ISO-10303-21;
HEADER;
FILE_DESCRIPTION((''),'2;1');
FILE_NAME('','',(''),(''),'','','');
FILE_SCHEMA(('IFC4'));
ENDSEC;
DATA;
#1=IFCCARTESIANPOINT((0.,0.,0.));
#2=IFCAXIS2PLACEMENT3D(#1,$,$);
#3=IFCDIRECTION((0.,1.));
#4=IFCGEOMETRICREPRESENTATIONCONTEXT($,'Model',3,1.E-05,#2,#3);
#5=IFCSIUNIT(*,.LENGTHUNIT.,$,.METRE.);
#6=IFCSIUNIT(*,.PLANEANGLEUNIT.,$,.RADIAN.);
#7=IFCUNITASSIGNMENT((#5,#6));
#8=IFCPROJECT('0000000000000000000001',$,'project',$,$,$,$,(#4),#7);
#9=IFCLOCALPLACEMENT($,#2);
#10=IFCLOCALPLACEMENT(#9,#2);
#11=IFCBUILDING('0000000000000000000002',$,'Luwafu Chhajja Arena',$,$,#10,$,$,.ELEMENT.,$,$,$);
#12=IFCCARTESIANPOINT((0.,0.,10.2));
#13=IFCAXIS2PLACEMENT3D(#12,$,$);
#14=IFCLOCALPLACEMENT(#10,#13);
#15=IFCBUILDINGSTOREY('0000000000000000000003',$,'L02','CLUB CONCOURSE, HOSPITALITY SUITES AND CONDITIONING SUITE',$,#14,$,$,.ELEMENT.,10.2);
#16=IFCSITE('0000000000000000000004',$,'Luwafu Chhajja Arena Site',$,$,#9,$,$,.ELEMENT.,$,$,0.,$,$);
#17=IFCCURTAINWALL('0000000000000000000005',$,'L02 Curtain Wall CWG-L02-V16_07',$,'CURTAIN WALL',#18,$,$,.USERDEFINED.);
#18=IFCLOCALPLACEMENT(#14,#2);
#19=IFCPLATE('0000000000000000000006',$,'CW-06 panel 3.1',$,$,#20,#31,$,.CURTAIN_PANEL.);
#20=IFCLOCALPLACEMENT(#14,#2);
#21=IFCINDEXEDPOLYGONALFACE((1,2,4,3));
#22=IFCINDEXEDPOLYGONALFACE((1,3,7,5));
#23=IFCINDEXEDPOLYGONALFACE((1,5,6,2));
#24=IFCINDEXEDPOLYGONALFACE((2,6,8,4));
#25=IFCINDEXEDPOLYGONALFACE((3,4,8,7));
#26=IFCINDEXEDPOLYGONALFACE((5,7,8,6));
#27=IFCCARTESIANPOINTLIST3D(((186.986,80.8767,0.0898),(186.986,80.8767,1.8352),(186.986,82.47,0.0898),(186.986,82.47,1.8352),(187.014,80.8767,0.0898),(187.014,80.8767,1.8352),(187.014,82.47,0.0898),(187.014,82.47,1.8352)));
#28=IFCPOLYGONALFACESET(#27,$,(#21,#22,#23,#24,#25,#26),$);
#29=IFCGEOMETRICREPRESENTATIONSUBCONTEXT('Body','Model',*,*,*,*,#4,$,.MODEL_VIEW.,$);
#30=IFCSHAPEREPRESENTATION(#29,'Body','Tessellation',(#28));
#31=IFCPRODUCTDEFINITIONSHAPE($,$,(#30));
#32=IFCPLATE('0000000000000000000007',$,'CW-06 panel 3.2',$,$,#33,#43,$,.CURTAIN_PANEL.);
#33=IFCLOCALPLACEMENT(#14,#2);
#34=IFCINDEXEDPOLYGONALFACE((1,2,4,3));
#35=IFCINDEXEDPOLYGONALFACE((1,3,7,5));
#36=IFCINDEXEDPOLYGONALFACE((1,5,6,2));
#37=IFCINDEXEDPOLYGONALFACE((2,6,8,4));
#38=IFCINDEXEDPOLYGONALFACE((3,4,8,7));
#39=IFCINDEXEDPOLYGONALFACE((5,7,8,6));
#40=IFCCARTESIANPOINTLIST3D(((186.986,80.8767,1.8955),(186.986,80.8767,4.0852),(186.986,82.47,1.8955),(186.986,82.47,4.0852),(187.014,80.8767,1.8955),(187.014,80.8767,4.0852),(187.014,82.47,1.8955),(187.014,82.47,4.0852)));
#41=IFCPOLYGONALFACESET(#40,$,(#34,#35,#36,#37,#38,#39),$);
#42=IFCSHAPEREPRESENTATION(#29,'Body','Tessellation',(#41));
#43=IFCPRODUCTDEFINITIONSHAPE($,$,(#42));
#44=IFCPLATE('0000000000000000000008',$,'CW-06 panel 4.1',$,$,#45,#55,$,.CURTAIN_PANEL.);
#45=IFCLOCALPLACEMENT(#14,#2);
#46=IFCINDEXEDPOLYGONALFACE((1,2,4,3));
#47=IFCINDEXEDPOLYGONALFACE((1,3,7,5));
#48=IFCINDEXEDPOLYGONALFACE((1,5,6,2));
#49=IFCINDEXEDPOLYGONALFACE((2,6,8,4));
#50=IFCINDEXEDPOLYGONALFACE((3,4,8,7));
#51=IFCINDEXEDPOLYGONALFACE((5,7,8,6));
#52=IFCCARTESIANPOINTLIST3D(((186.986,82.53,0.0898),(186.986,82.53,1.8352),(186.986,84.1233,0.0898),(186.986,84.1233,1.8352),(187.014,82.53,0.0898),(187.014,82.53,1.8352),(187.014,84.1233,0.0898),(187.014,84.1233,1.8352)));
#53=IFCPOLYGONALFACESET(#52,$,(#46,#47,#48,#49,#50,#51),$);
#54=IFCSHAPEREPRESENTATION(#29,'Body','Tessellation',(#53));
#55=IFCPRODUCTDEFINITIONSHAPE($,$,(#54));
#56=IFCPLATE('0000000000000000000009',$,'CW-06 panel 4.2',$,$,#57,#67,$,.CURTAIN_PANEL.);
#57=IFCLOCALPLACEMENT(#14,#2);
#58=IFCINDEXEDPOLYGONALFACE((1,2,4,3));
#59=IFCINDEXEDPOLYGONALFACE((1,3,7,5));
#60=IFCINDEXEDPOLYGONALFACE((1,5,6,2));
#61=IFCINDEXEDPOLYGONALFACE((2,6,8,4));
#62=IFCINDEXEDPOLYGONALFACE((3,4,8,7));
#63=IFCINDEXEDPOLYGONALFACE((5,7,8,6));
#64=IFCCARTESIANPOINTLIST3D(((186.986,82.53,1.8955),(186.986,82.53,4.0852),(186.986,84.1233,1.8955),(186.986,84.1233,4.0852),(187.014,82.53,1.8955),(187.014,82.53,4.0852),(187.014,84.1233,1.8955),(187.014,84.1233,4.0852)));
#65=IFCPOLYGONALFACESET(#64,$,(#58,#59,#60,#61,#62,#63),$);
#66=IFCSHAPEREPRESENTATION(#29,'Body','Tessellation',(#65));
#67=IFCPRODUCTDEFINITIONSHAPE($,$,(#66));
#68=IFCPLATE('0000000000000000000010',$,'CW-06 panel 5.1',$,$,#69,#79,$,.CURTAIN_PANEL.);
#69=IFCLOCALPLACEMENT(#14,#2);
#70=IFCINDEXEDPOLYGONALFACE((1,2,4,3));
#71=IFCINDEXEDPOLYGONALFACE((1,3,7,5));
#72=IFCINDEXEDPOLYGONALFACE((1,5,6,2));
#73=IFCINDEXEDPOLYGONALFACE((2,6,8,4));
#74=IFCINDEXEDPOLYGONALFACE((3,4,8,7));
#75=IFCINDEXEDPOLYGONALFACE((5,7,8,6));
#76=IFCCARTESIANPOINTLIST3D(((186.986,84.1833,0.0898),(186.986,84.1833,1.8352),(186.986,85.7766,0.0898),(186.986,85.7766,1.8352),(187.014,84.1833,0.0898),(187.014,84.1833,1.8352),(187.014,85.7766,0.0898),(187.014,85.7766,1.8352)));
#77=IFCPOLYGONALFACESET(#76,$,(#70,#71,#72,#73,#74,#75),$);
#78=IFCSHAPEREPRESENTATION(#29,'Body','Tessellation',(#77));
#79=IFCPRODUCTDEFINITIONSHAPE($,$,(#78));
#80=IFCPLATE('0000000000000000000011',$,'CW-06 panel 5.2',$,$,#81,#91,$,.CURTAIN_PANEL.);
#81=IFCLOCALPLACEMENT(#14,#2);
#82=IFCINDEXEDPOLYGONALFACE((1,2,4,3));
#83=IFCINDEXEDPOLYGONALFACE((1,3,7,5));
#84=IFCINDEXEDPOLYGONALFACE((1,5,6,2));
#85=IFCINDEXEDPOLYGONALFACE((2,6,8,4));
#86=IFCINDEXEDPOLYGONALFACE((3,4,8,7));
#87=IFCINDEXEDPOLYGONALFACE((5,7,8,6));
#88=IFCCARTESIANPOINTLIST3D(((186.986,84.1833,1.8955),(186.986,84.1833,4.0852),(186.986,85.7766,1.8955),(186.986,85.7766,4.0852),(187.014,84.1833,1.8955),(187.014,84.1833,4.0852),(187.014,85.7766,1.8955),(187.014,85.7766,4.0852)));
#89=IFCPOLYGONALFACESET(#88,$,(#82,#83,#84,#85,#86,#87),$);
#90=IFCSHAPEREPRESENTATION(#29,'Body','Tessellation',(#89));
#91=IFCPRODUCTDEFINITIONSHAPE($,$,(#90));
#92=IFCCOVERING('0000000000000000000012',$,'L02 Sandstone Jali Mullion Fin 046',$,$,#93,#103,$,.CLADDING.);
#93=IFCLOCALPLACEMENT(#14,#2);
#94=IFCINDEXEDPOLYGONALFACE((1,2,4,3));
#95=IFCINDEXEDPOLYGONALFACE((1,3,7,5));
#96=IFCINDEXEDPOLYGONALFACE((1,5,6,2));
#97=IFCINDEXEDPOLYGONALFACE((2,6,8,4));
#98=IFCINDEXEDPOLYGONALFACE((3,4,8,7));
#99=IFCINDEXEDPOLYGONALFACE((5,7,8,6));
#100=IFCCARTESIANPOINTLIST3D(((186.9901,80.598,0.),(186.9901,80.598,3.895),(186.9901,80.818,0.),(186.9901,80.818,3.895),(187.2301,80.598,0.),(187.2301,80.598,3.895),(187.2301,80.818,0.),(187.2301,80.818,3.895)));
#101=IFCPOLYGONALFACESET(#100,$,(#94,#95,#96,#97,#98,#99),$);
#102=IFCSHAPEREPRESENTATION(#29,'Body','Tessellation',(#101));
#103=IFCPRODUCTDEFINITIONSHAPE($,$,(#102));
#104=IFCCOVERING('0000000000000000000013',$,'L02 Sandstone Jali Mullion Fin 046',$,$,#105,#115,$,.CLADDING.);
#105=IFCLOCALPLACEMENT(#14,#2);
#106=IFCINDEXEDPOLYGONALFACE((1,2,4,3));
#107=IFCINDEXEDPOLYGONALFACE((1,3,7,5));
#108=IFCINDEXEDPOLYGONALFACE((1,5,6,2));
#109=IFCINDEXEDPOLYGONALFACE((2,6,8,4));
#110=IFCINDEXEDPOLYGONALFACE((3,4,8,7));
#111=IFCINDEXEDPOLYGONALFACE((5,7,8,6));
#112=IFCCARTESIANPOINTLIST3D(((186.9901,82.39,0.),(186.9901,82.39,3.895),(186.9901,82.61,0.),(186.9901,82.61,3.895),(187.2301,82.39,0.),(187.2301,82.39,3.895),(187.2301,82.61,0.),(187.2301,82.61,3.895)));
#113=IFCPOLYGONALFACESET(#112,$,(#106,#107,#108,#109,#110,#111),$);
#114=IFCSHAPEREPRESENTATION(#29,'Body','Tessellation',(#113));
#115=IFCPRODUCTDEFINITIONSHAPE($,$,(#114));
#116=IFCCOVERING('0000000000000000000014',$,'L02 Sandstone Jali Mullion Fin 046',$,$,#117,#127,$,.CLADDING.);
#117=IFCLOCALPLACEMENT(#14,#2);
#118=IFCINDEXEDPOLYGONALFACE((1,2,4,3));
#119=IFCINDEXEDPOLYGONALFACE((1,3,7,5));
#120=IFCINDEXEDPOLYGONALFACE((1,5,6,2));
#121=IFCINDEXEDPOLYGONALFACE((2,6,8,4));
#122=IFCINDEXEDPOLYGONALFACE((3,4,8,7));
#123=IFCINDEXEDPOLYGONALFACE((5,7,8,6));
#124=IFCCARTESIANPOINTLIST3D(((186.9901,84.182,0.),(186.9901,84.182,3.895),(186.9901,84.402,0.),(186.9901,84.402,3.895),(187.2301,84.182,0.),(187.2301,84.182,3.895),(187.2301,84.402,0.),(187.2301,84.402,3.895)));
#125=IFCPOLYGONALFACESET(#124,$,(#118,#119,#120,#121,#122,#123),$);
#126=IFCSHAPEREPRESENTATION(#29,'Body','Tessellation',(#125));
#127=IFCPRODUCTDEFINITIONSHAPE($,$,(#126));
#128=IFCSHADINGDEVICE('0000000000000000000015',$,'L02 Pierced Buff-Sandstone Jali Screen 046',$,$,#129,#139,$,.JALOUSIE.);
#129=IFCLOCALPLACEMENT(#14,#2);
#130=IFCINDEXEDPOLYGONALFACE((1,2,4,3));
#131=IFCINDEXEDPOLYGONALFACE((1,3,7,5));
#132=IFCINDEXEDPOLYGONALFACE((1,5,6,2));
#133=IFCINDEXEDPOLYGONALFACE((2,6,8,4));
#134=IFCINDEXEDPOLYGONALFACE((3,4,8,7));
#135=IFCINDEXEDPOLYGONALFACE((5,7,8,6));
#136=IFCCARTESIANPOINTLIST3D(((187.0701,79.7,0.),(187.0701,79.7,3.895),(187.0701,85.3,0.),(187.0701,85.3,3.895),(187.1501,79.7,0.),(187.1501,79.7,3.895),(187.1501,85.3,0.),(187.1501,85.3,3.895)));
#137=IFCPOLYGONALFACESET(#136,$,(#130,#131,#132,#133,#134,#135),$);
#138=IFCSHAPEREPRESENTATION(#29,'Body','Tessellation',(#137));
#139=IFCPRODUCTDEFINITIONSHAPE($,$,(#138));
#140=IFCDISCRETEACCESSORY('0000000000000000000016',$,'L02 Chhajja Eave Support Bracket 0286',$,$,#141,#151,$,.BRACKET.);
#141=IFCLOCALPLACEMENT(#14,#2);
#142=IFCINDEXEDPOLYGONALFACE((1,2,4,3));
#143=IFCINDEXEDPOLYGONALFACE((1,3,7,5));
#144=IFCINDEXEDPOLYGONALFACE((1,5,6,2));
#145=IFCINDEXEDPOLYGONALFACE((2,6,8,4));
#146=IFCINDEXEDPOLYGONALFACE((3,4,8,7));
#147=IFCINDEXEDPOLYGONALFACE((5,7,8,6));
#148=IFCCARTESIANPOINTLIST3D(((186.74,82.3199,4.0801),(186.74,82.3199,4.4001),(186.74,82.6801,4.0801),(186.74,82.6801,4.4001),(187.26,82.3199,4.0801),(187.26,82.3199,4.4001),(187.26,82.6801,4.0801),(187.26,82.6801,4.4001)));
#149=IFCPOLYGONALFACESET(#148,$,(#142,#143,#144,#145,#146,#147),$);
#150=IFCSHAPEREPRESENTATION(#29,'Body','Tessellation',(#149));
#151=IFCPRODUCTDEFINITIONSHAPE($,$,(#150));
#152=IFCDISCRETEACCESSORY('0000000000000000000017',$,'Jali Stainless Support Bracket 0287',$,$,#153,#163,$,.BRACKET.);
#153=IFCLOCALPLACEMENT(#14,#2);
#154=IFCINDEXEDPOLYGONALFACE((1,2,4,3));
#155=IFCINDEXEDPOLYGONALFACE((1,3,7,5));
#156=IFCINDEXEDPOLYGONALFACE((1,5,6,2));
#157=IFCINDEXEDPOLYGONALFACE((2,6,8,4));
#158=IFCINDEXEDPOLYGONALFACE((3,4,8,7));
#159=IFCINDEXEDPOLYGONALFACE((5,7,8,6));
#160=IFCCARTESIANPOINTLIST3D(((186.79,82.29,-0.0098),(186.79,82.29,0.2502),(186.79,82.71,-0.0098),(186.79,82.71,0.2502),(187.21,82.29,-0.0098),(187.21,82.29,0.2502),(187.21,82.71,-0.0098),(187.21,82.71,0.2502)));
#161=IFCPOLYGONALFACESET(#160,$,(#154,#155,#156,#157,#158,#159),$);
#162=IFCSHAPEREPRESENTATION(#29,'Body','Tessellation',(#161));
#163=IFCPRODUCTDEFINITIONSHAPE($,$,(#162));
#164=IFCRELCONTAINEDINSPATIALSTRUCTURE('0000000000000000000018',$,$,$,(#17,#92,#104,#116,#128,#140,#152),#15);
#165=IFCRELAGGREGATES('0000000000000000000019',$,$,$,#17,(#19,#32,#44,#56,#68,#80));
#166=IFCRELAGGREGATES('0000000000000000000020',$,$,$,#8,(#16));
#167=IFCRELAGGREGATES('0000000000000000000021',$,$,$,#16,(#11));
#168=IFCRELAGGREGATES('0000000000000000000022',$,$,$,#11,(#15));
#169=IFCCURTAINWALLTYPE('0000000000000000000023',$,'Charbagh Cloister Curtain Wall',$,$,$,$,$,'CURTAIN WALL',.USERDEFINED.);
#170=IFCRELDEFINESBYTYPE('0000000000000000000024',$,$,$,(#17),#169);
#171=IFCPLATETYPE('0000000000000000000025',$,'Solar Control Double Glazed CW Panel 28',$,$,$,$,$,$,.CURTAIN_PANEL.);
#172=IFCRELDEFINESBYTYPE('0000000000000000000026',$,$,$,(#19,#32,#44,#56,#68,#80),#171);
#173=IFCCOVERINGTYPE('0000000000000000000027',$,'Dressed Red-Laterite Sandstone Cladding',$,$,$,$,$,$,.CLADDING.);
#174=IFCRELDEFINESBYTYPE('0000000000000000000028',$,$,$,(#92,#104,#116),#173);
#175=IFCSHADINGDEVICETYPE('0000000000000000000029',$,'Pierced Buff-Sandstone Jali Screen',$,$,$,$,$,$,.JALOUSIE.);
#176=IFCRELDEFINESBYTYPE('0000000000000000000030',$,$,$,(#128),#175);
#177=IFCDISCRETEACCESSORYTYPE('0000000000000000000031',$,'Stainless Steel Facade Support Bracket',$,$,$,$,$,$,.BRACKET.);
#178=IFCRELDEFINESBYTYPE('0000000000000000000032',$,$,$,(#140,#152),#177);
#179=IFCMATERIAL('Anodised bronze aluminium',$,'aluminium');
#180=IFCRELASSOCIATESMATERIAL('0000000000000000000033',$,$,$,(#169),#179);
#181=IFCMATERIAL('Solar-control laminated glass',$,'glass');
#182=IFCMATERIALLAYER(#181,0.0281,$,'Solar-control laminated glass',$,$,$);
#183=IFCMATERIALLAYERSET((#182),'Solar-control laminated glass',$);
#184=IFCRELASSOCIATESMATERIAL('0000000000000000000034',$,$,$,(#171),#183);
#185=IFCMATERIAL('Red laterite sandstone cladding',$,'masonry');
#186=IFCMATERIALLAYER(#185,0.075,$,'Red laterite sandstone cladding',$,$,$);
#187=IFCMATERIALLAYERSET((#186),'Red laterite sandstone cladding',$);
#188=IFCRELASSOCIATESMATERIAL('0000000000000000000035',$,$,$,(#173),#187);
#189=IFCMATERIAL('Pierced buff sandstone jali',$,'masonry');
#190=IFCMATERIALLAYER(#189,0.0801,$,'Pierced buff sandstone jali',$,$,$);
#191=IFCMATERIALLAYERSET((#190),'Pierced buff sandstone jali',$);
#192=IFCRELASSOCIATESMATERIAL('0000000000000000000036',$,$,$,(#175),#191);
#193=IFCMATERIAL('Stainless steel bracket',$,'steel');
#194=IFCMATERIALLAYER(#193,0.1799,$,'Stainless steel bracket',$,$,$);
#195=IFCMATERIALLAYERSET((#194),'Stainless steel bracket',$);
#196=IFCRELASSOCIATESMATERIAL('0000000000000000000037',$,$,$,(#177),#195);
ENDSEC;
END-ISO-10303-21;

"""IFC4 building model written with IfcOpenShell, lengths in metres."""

from ifc_helpers import new_model, si_unit, direction, frame, origin, origin_2d, place, context, subcontext, project, spatial, rectangle, extrude, material, layer, layer_set, type_object, element, aggregate, save


model = new_model("IFC4")

# Units and contexts
model_context = context("Model", 3, precision=1e-05, world=origin(), true_north=direction((0.0, 1.0)))
body_context = subcontext(model_context, "Body", "Model", "MODEL_VIEW")
ifc_project = project(units=[si_unit("LENGTHUNIT", "METRE"), si_unit("PLANEANGLEUNIT", "RADIAN")], contexts=[model_context])

# Site, building, storey
site_placement = place(None, origin())
site = spatial("IfcSite", under=ifc_project, at=site_placement, Name="Luwafu Chhajja Arena Site", CompositionType="ELEMENT", RefElevation=0.0)
building_placement = place(site_placement, origin())
building = spatial("IfcBuilding", under=site, at=building_placement, Name="Luwafu Chhajja Arena", CompositionType="ELEMENT")
storey_placement = place(building_placement, frame((0.0, 0.0, 10.2)))
storey = spatial("IfcBuildingStorey", under=building, at=storey_placement, Name="L02", Description="CLUB CONCOURSE, HOSPITALITY SUITES AND CONDITIONING SUITE", CompositionType="ELEMENT", Elevation=10.2)

# Curtain wall
ifc_material_1 = material(Name="Anodised bronze aluminium", Category="aluminium")
curtain_wall_type = type_object("IfcCurtainWallType", Name="Charbagh Cloister Curtain Wall", ElementType="CURTAIN WALL", PredefinedType="USERDEFINED", material=ifc_material_1)
curtain_wall_placement = place(storey_placement, origin())
curtain_wall = element("IfcCurtainWall", 1, at=curtain_wall_placement, inside=storey, type_object=curtain_wall_type, Name="L02 Curtain Wall CWG-L02-V16_07", ObjectType="CURTAIN WALL", PredefinedType="USERDEFINED")

# Plates
ifc_material_2 = material(Name="Solar-control laminated glass", Category="glass")
ifc_layer_1 = layer(ifc_material_2, 0.0281, Name="Solar-control laminated glass")
ifc_layer_set_1 = layer_set([ifc_layer_1], Name="Solar-control laminated glass")
plate_type = type_object("IfcPlateType", Name="Solar Control Double Glazed CW Panel 28", PredefinedType="CURTAIN_PANEL", material=ifc_layer_set_1)
plate_1_placement = place(storey_placement, frame((187.0, 81.6733, 0.0898), z_axis=(0.0, 0.0, 1.0), x_axis=(0.0, 1.0, 0.0)))
plate_1 = element("IfcPlate", 2, at=plate_1_placement, type_object=plate_type, Name="CW-06 panel 3.1", PredefinedType="CURTAIN_PANEL", context=body_context, shape_type="SweptSolid", body=[
    extrude(rectangle(XDim=1.5933, YDim=0.0281, at=origin_2d()), origin(), (0.0, 0.0, 1.0), 1.7454),
])
plate_2_placement = place(storey_placement, frame((187.0, 81.6733, 1.8955), z_axis=(0.0, 0.0, 1.0), x_axis=(0.0, 1.0, 0.0)))
plate_2 = element("IfcPlate", 3, at=plate_2_placement, type_object=plate_type, Name="CW-06 panel 3.2", PredefinedType="CURTAIN_PANEL", context=body_context, shape_type="SweptSolid", body=[
    extrude(rectangle(XDim=1.5933, YDim=0.0281, at=origin_2d()), origin(), (0.0, 0.0, 1.0), 2.1897),
])
plate_3_placement = place(storey_placement, frame((187.0, 83.3267, 0.0898), z_axis=(0.0, 0.0, 1.0), x_axis=(0.0, 1.0, 0.0)))
plate_3 = element("IfcPlate", 4, at=plate_3_placement, type_object=plate_type, Name="CW-06 panel 4.1", PredefinedType="CURTAIN_PANEL", context=body_context, shape_type="SweptSolid", body=[
    extrude(rectangle(XDim=1.5933, YDim=0.0281, at=origin_2d()), origin(), (0.0, 0.0, 1.0), 1.7454),
])
plate_4_placement = place(storey_placement, frame((187.0, 83.3267, 1.8955), z_axis=(0.0, 0.0, 1.0), x_axis=(0.0, 1.0, 0.0)))
plate_4 = element("IfcPlate", 5, at=plate_4_placement, type_object=plate_type, Name="CW-06 panel 4.2", PredefinedType="CURTAIN_PANEL", context=body_context, shape_type="SweptSolid", body=[
    extrude(rectangle(XDim=1.5933, YDim=0.0281, at=origin_2d()), origin(), (0.0, 0.0, 1.0), 2.1897),
])
plate_5_placement = place(storey_placement, frame((187.0, 84.98, 0.0898), z_axis=(0.0, 0.0, 1.0), x_axis=(0.0, 1.0, 0.0)))
plate_5 = element("IfcPlate", 6, at=plate_5_placement, type_object=plate_type, Name="CW-06 panel 5.1", PredefinedType="CURTAIN_PANEL", context=body_context, shape_type="SweptSolid", body=[
    extrude(rectangle(XDim=1.5933, YDim=0.0281, at=origin_2d()), origin(), (0.0, 0.0, 1.0), 1.7454),
])
plate_6_placement = place(storey_placement, frame((187.0, 84.98, 1.8955), z_axis=(0.0, 0.0, 1.0), x_axis=(0.0, 1.0, 0.0)))
plate_6 = element("IfcPlate", 7, at=plate_6_placement, type_object=plate_type, Name="CW-06 panel 5.2", PredefinedType="CURTAIN_PANEL", context=body_context, shape_type="SweptSolid", body=[
    extrude(rectangle(XDim=1.5933, YDim=0.0281, at=origin_2d()), origin(), (0.0, 0.0, 1.0), 2.1897),
])
aggregate(curtain_wall, [plate_1, plate_2, plate_3, plate_4, plate_5, plate_6])

# Coverings
ifc_material_3 = material(Name="Red laterite sandstone cladding", Category="masonry")
ifc_layer_2 = layer(ifc_material_3, 0.075, Name="Red laterite sandstone cladding")
ifc_layer_set_2 = layer_set([ifc_layer_2], Name="Red laterite sandstone cladding")
covering_type = type_object("IfcCoveringType", Name="Dressed Red-Laterite Sandstone Cladding", PredefinedType="CLADDING", material=ifc_layer_set_2)
for number, where, z_axis, x_axis, name in (
    (8, (187.1101, 80.708, 0.0), (0.0, 0.0, 1.0), (0.0, 1.0, 0.0), "L02 Sandstone Jali Mullion Fin 046"),
    (9, (187.1101, 82.5, 0.0), (0.0, 0.0, 1.0), (0.0, 1.0, 0.0), "L02 Sandstone Jali Mullion Fin 046"),
    (10, (187.1101, 84.292, 0.0), (0.0, 0.0, 1.0), (0.0, 1.0, 0.0), "L02 Sandstone Jali Mullion Fin 046"),
):
    element("IfcCovering", number, at=place(storey_placement, frame(where, z_axis=z_axis, x_axis=x_axis)), inside=storey, type_object=covering_type, Name=name, PredefinedType="CLADDING", context=body_context, shape_type="SweptSolid", body=[
        extrude(rectangle(XDim=0.22, YDim=0.24, at=origin_2d()), origin(), (0.0, 0.0, 1.0), 3.895),
    ])

# Shading device
ifc_material_4 = material(Name="Pierced buff sandstone jali", Category="masonry")
ifc_layer_3 = layer(ifc_material_4, 0.0801, Name="Pierced buff sandstone jali")
ifc_layer_set_3 = layer_set([ifc_layer_3], Name="Pierced buff sandstone jali")
shading_device_type = type_object("IfcShadingDeviceType", Name="Pierced Buff-Sandstone Jali Screen", PredefinedType="JALOUSIE", material=ifc_layer_set_3)
shading_device_placement = place(storey_placement, frame((187.1101, 82.5, 0.0), z_axis=(0.0, 0.0, 1.0), x_axis=(0.0, 1.0, 0.0)))
element("IfcShadingDevice", 11, at=shading_device_placement, inside=storey, type_object=shading_device_type, Name="L02 Pierced Buff-Sandstone Jali Screen 046", PredefinedType="JALOUSIE", context=body_context, shape_type="SweptSolid", body=[
    extrude(rectangle(XDim=5.6001, YDim=0.0801, at=origin_2d()), origin(), (0.0, 0.0, 1.0), 3.895),
])

# Discrete accessories
ifc_material_5 = material(Name="Stainless steel bracket", Category="steel")
ifc_layer_4 = layer(ifc_material_5, 0.1799, Name="Stainless steel bracket")
ifc_layer_set_4 = layer_set([ifc_layer_4], Name="Stainless steel bracket")
discrete_accessory_type = type_object("IfcDiscreteAccessoryType", Name="Stainless Steel Facade Support Bracket", PredefinedType="BRACKET", material=ifc_layer_set_4)
discrete_accessory_1_placement = place(storey_placement, frame((187.0, 82.5, 4.0801), z_axis=(0.0, 0.0, 1.0), x_axis=(0.0, 1.0, 0.0)))
element("IfcDiscreteAccessory", 12, at=discrete_accessory_1_placement, inside=storey, type_object=discrete_accessory_type, Name="L02 Chhajja Eave Support Bracket 0286", PredefinedType="BRACKET", context=body_context, shape_type="SweptSolid", body=[
    extrude(rectangle(XDim=0.3601, YDim=0.52, at=origin_2d()), origin(), (0.0, 0.0, 1.0), 0.3201),
])
discrete_accessory_2_placement = place(storey_placement, frame((187.0, 82.5, -0.0098), z_axis=(0.0, 0.0, 1.0), x_axis=(0.0, 1.0, 0.0)))
element("IfcDiscreteAccessory", 13, at=discrete_accessory_2_placement, inside=storey, type_object=discrete_accessory_type, Name="Jali Stainless Support Bracket 0287", PredefinedType="BRACKET", context=body_context, shape_type="SweptSolid", body=[
    extrude(rectangle(XDim=0.4199, YDim=0.4199, at=origin_2d()), origin(), (0.0, 0.0, 1.0), 0.26),
])

save(model, "model.ifc")
